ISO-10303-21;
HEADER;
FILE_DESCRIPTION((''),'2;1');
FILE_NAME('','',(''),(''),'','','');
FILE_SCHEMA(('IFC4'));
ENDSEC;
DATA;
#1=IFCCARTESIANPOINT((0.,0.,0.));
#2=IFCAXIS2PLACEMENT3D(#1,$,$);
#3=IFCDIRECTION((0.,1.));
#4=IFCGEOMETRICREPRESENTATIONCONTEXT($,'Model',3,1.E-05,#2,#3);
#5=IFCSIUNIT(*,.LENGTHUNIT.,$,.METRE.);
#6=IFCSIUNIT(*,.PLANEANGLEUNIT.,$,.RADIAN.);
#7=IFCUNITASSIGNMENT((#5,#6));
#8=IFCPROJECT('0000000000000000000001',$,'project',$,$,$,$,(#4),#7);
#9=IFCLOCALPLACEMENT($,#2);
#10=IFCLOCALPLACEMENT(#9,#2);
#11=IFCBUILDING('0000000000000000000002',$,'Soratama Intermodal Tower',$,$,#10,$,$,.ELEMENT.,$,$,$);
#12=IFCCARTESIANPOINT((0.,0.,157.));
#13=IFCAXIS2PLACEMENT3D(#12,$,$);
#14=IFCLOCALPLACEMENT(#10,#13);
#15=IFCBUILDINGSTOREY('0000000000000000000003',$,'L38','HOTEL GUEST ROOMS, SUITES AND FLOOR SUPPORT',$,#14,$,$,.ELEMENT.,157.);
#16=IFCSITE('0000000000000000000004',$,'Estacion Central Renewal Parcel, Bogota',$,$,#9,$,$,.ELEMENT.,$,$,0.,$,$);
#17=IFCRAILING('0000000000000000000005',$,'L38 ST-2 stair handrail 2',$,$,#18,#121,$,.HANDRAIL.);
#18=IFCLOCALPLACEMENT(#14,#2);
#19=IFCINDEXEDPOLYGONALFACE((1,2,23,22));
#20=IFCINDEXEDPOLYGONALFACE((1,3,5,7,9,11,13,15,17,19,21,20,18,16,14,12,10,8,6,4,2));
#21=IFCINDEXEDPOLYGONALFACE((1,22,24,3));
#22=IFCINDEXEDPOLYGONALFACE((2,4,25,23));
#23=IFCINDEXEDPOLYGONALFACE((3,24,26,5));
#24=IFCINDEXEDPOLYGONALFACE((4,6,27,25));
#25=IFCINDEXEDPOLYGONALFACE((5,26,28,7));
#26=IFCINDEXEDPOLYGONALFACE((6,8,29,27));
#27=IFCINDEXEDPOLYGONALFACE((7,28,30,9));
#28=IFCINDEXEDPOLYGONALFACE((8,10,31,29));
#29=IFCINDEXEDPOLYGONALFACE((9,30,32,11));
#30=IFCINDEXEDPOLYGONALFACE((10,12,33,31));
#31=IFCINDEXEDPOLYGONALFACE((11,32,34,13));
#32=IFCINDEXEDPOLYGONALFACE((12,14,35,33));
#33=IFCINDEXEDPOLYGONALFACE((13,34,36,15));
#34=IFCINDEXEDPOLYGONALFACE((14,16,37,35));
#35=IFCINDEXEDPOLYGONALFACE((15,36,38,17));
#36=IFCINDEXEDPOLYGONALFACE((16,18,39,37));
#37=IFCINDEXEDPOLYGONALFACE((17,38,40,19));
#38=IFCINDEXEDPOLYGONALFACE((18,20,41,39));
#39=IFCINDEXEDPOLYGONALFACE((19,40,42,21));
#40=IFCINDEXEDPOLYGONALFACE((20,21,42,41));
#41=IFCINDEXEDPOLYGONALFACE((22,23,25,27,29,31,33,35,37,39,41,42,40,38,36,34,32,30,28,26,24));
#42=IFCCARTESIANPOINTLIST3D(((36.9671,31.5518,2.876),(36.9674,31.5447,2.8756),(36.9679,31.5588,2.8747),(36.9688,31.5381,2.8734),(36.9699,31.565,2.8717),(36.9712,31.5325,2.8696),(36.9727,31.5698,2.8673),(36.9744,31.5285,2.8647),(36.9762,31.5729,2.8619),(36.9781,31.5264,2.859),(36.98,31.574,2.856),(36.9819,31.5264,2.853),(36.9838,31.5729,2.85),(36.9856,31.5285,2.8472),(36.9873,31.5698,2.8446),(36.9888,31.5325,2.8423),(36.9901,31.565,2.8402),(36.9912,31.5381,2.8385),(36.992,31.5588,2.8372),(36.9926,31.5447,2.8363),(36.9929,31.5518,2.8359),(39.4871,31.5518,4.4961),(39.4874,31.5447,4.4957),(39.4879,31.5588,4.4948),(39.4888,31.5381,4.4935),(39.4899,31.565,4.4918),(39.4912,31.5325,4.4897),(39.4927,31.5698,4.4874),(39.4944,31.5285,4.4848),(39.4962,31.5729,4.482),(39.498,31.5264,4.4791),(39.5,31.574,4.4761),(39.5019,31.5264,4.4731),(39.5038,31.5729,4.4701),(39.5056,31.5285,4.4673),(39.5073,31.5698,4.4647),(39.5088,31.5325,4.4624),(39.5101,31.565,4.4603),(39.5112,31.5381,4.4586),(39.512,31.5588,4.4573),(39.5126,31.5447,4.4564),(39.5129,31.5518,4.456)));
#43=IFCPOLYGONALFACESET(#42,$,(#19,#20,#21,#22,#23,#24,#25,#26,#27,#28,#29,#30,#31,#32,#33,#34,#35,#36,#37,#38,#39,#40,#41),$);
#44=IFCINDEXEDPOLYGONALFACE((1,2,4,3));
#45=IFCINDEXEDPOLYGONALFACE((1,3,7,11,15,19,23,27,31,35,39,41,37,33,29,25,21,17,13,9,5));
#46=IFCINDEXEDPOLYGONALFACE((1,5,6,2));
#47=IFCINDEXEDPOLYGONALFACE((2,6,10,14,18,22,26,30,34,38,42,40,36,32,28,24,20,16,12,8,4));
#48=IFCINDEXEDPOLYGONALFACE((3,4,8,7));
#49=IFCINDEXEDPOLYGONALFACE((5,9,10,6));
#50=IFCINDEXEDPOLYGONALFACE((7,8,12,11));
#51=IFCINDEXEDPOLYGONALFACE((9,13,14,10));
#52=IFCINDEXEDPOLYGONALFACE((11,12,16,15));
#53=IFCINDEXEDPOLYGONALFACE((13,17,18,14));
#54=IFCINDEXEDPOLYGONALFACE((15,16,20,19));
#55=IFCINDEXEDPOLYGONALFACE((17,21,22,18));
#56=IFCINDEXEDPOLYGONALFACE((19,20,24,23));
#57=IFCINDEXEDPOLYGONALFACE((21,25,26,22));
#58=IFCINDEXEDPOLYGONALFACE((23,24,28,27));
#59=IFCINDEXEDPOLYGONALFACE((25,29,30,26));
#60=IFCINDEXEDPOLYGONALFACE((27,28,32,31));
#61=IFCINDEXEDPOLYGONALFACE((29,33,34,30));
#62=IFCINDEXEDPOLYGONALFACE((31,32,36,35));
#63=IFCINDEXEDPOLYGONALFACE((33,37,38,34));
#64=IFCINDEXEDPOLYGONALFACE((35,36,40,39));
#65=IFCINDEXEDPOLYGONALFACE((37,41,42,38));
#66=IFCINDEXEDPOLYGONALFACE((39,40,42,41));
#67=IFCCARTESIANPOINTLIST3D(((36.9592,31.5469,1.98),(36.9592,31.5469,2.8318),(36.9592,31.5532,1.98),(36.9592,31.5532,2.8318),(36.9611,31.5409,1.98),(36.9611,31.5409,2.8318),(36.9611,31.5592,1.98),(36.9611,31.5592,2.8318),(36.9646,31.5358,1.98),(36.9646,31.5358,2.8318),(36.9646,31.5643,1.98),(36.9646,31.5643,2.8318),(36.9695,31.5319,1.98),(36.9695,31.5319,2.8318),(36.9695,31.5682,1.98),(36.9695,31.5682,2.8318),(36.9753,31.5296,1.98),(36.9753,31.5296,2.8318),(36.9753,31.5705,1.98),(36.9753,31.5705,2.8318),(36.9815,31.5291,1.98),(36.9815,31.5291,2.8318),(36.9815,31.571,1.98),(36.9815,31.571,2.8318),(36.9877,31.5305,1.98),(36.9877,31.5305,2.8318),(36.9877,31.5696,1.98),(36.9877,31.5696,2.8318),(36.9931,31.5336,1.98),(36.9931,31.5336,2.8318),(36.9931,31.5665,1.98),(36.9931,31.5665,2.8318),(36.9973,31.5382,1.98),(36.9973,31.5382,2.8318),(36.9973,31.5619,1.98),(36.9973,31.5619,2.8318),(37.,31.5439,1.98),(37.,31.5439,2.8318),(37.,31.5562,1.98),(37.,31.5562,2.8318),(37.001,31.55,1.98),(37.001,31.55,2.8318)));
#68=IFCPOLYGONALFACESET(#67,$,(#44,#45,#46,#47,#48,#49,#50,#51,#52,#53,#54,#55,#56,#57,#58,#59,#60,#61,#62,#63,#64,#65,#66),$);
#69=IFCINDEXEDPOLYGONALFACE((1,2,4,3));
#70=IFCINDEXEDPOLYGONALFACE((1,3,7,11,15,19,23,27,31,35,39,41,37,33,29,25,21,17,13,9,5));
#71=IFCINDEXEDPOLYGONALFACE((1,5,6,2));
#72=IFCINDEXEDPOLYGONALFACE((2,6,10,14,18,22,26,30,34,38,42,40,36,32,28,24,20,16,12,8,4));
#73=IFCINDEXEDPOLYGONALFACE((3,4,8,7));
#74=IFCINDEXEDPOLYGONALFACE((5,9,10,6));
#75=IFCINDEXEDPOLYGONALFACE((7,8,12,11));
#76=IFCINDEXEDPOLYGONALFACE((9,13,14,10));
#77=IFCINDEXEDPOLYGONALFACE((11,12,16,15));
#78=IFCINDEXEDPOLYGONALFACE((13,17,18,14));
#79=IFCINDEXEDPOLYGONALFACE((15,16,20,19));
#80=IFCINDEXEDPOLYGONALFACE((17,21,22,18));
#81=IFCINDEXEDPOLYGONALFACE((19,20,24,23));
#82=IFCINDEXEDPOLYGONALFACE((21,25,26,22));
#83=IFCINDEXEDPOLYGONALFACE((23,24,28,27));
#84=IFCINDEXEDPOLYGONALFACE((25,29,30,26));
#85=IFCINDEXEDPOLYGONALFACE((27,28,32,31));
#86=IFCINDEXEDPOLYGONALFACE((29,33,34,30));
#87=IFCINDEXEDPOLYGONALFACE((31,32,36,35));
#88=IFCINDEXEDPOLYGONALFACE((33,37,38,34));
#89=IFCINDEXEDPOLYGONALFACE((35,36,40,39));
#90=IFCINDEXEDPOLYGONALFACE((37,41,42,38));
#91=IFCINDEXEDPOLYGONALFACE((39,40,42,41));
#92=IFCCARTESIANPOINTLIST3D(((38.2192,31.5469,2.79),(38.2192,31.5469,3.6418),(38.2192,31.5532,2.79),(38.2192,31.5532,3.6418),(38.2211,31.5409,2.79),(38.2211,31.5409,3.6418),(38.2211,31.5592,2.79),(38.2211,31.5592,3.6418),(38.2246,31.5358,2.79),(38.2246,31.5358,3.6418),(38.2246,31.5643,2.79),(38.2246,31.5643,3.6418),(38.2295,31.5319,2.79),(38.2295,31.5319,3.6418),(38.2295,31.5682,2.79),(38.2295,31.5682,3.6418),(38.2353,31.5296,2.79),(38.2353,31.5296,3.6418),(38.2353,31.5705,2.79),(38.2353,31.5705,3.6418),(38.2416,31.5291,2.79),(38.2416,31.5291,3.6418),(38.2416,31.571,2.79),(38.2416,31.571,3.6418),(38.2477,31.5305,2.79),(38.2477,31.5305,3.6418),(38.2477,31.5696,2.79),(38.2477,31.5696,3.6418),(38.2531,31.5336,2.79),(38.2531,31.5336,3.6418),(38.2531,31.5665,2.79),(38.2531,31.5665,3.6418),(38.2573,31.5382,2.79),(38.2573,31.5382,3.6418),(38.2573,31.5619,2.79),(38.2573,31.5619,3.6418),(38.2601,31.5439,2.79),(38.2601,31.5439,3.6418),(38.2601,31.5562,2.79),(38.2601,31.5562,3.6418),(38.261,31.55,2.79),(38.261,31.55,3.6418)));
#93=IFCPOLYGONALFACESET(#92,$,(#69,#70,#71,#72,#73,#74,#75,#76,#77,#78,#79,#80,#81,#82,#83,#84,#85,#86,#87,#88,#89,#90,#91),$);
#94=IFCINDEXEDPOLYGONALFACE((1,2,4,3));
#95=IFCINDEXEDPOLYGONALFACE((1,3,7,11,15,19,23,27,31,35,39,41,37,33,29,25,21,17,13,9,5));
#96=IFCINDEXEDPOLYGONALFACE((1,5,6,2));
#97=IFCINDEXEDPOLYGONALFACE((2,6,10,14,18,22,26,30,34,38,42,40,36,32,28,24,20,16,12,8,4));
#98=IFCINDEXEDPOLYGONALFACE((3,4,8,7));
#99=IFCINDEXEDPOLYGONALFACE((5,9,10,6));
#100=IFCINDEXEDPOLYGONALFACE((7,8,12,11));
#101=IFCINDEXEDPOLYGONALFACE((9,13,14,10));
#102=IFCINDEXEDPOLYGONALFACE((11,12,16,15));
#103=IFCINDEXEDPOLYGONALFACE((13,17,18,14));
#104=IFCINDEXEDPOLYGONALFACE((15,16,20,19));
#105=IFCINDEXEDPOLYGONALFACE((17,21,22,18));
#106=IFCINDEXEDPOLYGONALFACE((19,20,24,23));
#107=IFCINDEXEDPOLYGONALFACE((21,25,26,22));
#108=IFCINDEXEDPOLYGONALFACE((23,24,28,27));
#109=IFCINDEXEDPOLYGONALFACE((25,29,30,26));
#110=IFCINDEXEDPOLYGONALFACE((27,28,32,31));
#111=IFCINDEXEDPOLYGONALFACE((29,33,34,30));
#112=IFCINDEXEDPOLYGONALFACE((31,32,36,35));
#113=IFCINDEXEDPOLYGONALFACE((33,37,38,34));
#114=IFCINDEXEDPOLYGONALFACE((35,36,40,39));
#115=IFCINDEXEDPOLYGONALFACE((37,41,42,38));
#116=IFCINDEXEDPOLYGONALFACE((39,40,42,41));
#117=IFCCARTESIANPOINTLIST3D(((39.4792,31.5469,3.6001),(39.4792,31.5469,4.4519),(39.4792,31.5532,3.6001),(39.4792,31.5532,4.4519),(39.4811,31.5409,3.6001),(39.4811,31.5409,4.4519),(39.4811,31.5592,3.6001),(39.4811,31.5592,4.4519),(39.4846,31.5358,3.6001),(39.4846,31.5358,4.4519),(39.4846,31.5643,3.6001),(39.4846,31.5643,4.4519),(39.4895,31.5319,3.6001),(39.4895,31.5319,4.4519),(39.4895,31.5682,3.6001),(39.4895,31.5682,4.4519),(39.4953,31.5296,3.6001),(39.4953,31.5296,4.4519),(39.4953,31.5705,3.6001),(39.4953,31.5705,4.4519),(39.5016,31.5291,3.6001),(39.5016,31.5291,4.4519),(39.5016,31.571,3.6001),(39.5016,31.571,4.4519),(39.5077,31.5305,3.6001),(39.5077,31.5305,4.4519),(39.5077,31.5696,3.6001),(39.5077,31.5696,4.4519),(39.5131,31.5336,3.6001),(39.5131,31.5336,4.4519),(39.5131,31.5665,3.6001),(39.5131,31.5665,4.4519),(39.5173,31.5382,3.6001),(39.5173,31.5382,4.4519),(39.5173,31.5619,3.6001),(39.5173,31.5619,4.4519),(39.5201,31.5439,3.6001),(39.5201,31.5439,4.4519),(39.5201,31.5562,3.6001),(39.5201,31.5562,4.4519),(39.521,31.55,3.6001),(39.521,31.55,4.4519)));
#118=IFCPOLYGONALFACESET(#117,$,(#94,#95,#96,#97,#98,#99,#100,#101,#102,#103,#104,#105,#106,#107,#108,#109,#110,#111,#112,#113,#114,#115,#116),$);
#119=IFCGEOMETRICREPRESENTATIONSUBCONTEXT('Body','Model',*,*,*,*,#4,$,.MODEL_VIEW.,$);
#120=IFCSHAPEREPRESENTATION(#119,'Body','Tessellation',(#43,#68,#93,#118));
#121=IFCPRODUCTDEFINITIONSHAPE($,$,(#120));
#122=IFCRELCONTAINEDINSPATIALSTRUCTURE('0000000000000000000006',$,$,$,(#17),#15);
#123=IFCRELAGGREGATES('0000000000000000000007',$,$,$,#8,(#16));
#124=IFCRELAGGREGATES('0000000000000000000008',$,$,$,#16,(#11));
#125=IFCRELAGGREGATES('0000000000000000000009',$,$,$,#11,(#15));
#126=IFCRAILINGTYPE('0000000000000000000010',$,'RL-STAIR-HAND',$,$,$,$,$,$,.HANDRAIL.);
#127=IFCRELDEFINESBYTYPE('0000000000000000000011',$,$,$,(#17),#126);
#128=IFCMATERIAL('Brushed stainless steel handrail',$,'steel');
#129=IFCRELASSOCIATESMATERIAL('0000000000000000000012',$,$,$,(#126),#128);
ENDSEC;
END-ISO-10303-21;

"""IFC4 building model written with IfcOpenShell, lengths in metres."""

from ifc_helpers import new_model, si_unit, direction, frame, origin, origin_2d, place, context, subcontext, project, spatial, circle, extrude, material, type_object, element, save


model = new_model("IFC4")

# Units and contexts
model_context = context("Model", 3, precision=1e-05, world=origin(), true_north=direction((0.0, 1.0)))
body_context = subcontext(model_context, "Body", "Model", "MODEL_VIEW")
ifc_project = project(units=[si_unit("LENGTHUNIT", "METRE"), si_unit("PLANEANGLEUNIT", "RADIAN")], contexts=[model_context])

# Site, building, storey
site_placement = place(None, origin())
site = spatial("IfcSite", under=ifc_project, at=site_placement, Name="Estacion Central Renewal Parcel, Bogota", CompositionType="ELEMENT", RefElevation=0.0)
building_placement = place(site_placement, origin())
building = spatial("IfcBuilding", under=site, at=building_placement, Name="Soratama Intermodal Tower", CompositionType="ELEMENT")
storey_placement = place(building_placement, frame((0.0, 0.0, 157.0)))
storey = spatial("IfcBuildingStorey", under=building, at=storey_placement, Name="L38", Description="HOTEL GUEST ROOMS, SUITES AND FLOOR SUPPORT", CompositionType="ELEMENT", Elevation=157.0)

# Railing
ifc_material_1 = material(Name="Brushed stainless steel handrail", Category="steel")
railing_type_1 = type_object("IfcRailingType", Name="RL-STAIR-HAND", PredefinedType="HANDRAIL", material=ifc_material_1)
railing_1_placement = place(storey_placement, frame((36.98, 31.55, 1.98)))
element("IfcRailing", 1, at=railing_1_placement, inside=storey, type_object=railing_type_1, Name="L38 ST-2 stair handrail 2", PredefinedType="HANDRAIL", context=body_context, shape_type="SweptSolid", body=[
    extrude(circle(Radius=0.0239, at=origin_2d()), frame((0.0, 0.0, 0.876), z_axis=(0.841163, 0.0, 0.540782), x_axis=(0.0, 1.0, 0.0)), (0.0, 0.0, 1.0), 2.9958),
    extrude(circle(Radius=0.021, at=origin_2d()), origin(), (0.0, 0.0, 1.0), 0.8518),
    extrude(circle(Radius=0.021, at=origin_2d()), frame((1.26, 0.0, 0.8101)), (0.0, 0.0, 1.0), 0.8518),
    extrude(circle(Radius=0.021, at=origin_2d()), frame((2.52, 0.0, 1.6201)), (0.0, 0.0, 1.0), 0.8518),
])

save(model, "model.ifc")
